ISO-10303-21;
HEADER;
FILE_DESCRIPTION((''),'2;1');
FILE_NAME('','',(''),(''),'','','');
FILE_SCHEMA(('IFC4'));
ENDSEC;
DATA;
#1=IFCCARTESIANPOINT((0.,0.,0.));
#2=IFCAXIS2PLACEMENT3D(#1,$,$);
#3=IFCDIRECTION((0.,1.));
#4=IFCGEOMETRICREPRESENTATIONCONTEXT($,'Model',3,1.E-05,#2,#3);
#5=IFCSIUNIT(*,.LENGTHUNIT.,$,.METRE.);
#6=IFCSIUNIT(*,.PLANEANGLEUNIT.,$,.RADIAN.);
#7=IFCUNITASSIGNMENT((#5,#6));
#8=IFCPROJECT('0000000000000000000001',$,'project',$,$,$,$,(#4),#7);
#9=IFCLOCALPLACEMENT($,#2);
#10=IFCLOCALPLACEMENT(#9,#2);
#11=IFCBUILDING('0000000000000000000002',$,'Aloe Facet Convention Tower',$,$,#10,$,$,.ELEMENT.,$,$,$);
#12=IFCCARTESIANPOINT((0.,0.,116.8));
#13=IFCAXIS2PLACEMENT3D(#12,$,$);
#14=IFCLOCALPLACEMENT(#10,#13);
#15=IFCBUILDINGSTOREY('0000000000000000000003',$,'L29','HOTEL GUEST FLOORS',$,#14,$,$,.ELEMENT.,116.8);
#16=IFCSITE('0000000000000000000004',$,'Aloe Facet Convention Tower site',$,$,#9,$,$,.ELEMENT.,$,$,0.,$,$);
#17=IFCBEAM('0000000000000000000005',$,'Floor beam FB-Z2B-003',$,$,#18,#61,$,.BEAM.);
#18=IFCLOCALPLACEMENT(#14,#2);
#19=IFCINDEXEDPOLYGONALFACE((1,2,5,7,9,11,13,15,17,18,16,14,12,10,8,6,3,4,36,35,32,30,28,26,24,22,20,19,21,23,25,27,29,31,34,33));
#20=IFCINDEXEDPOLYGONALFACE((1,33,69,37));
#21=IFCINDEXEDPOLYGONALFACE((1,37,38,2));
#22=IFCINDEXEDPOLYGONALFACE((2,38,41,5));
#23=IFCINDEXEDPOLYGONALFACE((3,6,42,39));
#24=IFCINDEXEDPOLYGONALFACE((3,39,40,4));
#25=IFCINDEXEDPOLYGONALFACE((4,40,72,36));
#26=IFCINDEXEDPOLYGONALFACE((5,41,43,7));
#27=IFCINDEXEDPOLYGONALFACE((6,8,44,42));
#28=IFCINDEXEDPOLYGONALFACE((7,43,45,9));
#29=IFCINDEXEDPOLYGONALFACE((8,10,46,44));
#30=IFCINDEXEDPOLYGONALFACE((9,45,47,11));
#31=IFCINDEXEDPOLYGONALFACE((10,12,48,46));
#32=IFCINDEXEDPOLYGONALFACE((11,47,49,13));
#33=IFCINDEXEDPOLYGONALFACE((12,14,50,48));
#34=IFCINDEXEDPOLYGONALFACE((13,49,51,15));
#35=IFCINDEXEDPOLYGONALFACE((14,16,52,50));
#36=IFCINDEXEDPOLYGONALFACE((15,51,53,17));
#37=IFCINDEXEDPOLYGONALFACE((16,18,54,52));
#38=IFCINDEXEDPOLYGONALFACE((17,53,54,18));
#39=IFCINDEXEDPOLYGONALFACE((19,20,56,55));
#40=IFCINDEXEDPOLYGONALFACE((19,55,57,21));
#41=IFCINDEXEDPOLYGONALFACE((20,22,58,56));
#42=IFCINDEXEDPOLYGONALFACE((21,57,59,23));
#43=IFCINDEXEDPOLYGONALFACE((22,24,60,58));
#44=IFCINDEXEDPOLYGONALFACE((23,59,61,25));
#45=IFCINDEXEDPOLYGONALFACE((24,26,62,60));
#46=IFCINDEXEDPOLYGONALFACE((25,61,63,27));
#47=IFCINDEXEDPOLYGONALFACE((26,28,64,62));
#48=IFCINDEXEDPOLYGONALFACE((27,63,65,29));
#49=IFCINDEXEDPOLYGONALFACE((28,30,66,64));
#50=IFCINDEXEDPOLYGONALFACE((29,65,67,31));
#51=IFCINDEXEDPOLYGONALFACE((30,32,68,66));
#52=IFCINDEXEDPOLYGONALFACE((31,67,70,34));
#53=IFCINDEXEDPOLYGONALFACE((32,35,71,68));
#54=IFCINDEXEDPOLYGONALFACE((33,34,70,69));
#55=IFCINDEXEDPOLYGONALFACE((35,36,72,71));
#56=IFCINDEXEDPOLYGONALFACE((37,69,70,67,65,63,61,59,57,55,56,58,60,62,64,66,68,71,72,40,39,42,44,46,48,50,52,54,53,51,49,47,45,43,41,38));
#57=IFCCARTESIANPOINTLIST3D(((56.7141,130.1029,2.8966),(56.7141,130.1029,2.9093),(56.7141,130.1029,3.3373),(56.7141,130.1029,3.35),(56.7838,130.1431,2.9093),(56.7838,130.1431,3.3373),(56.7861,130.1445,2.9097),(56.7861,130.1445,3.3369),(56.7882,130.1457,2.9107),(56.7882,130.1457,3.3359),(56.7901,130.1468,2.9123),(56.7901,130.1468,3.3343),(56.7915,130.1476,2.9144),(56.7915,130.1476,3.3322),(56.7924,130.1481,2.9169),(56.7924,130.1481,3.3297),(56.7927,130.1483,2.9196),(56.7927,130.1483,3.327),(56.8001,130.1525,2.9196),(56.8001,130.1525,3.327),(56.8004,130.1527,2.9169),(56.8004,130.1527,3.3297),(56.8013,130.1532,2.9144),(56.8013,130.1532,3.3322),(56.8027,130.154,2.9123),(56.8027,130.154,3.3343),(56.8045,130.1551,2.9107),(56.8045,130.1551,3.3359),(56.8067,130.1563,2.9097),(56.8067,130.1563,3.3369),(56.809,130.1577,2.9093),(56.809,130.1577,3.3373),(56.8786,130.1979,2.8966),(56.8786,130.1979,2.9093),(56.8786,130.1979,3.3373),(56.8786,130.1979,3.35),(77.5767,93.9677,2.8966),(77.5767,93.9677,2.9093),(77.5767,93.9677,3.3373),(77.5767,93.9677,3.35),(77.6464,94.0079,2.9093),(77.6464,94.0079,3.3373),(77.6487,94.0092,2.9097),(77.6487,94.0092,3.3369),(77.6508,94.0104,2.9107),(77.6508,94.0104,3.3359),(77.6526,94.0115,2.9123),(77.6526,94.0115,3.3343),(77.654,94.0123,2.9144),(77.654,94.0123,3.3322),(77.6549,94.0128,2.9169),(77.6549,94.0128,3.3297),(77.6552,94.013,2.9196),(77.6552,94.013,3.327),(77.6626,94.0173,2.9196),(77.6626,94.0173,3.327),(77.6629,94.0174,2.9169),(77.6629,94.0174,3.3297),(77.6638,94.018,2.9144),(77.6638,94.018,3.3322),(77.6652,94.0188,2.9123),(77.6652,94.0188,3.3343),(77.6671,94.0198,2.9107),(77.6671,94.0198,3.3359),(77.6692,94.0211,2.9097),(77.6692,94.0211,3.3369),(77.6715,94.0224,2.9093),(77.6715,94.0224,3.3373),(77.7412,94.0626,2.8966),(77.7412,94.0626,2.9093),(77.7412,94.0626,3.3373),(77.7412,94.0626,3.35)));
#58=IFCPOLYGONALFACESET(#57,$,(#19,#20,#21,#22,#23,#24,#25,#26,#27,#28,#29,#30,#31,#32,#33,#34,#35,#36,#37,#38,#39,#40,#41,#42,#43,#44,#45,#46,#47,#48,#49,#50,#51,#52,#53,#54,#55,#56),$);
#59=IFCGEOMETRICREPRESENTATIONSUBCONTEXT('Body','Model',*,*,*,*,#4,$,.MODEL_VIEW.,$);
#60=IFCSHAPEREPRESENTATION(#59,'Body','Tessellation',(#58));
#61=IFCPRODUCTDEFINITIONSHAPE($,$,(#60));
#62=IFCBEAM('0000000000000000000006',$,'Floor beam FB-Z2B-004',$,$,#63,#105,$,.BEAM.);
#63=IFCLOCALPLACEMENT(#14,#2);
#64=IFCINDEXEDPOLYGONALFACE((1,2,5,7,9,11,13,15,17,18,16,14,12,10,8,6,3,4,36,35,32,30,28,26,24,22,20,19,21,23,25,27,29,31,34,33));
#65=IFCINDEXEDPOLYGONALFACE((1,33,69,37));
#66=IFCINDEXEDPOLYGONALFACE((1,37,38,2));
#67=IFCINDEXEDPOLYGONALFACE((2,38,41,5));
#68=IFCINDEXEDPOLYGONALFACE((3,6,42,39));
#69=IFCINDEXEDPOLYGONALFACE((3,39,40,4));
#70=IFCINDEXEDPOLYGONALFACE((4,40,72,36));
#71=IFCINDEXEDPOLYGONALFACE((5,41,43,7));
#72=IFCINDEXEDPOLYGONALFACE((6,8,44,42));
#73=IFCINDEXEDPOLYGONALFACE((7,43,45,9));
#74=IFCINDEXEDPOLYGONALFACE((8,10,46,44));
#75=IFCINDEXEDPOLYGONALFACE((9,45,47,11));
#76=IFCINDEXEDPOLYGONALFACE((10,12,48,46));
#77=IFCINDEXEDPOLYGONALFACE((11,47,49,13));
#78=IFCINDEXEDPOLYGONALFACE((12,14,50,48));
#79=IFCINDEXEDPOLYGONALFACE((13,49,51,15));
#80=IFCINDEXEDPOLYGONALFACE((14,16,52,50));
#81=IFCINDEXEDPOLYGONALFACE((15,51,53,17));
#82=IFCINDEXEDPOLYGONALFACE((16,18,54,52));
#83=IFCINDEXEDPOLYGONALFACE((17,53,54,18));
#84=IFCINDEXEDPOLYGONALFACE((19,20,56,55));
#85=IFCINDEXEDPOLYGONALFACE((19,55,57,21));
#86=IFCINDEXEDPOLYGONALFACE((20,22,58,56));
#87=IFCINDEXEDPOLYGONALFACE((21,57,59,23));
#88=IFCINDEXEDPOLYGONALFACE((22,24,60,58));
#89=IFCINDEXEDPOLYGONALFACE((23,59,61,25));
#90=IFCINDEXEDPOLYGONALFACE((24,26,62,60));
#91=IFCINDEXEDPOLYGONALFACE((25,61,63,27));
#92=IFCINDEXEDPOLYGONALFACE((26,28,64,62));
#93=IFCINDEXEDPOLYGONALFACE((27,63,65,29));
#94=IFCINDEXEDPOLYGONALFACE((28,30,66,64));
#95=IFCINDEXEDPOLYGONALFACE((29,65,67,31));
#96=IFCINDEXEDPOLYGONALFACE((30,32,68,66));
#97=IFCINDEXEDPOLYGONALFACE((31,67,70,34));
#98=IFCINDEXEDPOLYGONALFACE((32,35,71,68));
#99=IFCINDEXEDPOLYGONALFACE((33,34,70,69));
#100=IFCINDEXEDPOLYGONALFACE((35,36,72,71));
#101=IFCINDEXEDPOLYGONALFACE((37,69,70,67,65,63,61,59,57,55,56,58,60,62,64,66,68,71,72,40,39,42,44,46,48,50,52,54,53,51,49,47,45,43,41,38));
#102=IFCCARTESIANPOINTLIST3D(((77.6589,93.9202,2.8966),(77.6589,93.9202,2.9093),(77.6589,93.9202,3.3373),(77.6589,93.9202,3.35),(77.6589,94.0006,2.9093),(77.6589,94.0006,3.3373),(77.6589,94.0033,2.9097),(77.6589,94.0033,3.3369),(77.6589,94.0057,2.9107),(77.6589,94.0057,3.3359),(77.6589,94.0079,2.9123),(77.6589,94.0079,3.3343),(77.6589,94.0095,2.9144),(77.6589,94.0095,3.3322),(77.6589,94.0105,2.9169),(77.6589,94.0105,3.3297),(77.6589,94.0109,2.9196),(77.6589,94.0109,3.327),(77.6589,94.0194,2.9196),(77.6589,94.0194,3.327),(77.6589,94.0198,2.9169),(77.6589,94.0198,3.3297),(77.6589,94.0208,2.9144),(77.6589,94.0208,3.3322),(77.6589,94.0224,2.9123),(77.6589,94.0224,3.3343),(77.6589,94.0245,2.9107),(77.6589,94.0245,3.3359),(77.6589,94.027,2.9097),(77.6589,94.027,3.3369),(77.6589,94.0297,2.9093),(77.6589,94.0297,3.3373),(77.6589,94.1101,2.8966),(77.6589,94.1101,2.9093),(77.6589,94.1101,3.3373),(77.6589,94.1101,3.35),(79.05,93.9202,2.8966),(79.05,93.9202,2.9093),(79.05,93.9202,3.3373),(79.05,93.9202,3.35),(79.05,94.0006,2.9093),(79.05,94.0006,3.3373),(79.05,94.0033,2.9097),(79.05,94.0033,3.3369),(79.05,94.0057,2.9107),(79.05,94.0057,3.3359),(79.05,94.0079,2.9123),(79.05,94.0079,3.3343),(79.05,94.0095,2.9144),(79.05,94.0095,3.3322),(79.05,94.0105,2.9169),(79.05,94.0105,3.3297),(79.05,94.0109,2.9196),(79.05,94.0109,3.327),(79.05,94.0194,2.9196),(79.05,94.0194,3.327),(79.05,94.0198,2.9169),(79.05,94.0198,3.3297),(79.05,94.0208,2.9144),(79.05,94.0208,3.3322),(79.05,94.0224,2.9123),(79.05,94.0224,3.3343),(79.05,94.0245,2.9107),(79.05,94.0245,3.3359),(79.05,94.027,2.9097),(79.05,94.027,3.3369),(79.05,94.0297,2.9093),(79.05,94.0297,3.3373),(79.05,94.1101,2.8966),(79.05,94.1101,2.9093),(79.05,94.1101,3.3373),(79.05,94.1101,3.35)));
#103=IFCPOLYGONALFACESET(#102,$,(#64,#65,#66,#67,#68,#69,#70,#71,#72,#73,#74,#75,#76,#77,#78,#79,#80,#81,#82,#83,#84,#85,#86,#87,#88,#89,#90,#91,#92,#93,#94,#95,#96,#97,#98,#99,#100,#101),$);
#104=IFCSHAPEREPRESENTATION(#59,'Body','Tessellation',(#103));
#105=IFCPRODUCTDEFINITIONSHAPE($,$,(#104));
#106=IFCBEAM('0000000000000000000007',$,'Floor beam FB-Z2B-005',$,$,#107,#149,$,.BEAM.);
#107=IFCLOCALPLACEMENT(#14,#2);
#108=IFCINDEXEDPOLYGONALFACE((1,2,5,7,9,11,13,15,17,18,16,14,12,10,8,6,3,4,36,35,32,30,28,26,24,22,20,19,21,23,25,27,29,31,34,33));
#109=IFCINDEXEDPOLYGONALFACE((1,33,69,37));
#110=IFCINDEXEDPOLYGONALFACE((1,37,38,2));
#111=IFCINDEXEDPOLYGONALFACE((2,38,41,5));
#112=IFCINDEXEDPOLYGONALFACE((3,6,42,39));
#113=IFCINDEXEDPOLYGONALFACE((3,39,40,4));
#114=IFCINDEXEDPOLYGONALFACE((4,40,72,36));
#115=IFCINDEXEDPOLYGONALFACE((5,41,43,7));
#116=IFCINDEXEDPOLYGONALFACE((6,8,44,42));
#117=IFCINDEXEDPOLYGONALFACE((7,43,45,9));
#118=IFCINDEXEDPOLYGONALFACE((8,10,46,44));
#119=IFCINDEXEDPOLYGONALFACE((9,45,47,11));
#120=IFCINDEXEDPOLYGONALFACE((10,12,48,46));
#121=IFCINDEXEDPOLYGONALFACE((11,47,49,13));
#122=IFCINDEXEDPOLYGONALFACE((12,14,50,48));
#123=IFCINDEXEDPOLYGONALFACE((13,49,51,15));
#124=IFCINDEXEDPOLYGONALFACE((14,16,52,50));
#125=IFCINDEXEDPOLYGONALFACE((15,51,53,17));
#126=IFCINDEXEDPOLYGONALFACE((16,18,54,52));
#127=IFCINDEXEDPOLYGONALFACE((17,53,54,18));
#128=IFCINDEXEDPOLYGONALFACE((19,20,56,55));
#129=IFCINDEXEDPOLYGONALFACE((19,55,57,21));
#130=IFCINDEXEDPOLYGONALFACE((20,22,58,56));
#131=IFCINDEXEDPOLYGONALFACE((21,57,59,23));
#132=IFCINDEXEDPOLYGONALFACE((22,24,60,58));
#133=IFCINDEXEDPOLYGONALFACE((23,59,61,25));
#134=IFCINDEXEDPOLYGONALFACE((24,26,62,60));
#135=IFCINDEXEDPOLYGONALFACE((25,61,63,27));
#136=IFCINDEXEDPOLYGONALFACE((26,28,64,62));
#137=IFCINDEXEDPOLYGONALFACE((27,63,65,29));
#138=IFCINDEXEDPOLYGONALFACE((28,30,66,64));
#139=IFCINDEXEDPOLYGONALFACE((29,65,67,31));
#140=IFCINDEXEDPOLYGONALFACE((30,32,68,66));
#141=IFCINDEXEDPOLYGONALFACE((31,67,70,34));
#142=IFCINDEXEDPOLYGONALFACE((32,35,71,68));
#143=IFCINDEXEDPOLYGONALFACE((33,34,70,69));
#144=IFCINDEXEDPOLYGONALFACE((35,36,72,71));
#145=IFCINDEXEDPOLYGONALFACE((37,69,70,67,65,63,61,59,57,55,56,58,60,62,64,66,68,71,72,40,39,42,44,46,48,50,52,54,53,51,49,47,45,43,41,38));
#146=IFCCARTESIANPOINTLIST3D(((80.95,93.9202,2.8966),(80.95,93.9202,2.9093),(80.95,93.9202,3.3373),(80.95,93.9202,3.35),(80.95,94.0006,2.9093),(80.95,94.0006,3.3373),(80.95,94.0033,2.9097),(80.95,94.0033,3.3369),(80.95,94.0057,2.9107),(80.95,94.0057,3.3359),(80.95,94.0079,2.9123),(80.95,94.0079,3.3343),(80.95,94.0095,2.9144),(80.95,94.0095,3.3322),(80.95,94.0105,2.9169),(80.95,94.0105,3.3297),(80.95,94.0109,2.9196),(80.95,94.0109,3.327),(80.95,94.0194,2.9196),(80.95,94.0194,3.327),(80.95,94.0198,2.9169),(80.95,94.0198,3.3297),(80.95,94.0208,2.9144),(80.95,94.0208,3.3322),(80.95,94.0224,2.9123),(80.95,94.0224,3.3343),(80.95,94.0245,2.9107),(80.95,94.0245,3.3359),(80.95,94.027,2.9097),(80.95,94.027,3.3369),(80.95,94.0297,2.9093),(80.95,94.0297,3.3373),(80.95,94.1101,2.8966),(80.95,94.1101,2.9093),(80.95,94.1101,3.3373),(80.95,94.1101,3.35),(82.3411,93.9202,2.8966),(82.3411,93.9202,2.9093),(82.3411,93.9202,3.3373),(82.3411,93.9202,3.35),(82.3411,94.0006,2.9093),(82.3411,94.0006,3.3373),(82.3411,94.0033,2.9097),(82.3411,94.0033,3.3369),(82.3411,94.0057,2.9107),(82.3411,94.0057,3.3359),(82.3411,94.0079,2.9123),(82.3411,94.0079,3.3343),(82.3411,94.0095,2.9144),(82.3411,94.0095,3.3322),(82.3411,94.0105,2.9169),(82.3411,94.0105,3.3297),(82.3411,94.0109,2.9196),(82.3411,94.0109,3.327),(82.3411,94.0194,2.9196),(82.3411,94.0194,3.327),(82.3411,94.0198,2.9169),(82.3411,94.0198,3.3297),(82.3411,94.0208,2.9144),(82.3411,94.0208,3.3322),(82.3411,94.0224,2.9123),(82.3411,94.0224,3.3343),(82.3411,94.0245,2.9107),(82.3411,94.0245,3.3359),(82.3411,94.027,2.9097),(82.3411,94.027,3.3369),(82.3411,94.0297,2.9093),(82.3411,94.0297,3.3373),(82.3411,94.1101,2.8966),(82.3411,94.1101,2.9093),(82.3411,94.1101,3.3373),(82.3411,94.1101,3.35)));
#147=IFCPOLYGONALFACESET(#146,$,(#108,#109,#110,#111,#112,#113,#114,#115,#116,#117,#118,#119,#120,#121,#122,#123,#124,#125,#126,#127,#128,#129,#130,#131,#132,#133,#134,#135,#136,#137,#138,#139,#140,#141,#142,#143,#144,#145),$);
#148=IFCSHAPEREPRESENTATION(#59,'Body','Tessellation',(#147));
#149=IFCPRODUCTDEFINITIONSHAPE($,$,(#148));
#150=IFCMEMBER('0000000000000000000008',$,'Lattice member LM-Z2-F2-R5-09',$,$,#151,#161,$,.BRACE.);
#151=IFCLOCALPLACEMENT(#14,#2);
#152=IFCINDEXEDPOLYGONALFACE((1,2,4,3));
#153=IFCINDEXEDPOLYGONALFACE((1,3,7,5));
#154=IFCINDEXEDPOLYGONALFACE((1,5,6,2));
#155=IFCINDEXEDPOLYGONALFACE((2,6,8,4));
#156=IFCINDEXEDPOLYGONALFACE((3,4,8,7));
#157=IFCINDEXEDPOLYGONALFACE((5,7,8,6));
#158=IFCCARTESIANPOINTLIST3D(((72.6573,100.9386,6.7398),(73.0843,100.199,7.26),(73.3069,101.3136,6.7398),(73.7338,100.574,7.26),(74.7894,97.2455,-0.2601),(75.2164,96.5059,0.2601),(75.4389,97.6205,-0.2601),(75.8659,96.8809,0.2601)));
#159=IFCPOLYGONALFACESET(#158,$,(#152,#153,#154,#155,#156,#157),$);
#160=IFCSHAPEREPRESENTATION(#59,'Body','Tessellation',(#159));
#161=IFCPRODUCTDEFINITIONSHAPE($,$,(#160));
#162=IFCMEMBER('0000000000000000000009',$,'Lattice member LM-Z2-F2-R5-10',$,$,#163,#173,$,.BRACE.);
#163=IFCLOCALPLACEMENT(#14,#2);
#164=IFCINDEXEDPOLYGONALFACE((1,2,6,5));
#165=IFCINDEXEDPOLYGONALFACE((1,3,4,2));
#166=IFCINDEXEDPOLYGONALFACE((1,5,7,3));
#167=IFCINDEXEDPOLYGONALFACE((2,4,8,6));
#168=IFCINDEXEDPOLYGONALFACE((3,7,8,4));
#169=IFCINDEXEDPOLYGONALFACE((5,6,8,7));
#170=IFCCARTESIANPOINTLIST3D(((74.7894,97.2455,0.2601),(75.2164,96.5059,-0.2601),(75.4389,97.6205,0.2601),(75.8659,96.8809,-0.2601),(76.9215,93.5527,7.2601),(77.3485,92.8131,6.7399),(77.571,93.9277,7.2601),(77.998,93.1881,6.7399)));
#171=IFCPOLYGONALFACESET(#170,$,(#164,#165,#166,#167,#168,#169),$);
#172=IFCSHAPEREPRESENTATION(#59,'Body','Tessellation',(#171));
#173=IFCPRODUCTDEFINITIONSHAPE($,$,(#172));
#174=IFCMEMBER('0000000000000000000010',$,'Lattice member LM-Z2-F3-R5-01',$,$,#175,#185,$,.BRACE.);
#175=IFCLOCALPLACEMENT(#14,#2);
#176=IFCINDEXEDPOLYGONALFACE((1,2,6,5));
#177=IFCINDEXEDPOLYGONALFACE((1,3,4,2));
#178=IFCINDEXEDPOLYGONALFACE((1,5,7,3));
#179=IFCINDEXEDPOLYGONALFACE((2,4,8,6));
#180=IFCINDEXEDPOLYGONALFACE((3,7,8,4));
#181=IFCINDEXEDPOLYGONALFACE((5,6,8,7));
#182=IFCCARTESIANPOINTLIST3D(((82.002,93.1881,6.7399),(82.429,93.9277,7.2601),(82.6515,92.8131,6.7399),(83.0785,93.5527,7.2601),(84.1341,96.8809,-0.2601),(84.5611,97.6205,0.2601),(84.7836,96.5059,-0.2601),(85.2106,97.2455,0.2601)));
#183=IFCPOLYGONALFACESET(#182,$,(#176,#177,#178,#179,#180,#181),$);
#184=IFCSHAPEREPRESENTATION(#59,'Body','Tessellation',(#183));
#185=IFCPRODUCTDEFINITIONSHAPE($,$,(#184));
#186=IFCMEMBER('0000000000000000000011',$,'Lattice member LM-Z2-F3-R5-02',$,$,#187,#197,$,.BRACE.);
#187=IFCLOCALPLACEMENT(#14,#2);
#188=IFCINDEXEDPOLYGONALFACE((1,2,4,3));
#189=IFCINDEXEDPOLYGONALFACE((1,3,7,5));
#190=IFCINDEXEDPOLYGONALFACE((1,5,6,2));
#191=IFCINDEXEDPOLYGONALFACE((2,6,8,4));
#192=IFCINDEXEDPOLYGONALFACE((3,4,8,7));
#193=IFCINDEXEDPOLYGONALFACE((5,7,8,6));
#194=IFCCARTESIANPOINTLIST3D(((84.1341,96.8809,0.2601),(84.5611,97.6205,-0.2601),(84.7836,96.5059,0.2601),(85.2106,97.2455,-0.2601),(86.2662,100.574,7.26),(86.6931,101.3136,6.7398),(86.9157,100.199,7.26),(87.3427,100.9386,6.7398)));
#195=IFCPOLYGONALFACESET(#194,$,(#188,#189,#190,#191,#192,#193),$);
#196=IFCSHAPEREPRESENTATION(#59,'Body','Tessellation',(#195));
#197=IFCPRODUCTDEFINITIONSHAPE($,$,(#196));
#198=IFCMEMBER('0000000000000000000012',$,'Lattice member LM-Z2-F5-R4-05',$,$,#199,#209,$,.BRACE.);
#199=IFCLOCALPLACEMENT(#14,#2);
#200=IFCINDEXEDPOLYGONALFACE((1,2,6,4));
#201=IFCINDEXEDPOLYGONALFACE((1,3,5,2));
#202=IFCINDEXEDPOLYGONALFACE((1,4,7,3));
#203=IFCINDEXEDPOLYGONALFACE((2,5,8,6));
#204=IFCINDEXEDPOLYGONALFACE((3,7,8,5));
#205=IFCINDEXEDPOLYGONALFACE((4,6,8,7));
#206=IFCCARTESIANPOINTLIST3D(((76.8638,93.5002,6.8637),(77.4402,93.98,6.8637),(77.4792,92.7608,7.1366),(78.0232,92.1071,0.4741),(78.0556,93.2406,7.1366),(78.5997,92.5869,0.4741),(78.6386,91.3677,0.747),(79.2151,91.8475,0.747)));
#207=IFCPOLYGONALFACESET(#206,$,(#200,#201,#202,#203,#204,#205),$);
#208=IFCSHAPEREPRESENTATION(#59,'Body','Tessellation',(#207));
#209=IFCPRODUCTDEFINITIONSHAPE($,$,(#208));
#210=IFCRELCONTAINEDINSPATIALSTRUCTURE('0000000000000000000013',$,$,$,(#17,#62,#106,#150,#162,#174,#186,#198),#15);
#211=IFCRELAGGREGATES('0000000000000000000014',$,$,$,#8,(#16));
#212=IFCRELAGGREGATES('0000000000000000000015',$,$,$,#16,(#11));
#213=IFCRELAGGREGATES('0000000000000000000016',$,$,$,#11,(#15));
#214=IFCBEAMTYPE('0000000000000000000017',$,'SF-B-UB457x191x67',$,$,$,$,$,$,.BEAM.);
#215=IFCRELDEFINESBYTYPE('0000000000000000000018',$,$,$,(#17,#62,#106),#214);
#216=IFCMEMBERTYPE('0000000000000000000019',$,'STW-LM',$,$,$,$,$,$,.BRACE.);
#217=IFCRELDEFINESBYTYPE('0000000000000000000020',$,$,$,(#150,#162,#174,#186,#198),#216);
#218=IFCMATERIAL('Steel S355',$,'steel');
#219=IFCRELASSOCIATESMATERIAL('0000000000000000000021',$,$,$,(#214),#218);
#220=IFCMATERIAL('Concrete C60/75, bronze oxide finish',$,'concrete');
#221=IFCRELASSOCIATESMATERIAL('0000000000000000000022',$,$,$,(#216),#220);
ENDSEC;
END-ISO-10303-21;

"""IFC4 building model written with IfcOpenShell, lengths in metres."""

from ifc_helpers import new_model, si_unit, direction, frame, origin, origin_2d, place, context, subcontext, project, spatial, rectangle, i_section, extrude, material, material_profile, profile_set, type_object, element, save


model = new_model("IFC4")

# Units and contexts
model_context = context("Model", 3, precision=1e-05, world=origin(), true_north=direction((0.0, 1.0)))
body_context = subcontext(model_context, "Body", "Model", "MODEL_VIEW")
ifc_project = project(units=[si_unit("LENGTHUNIT", "METRE"), si_unit("PLANEANGLEUNIT", "RADIAN")], contexts=[model_context])

# Site, building, storey
site_placement = place(None, origin())
site = spatial("IfcSite", under=ifc_project, at=site_placement, Name="Aloe Facet Convention Tower site", CompositionType="ELEMENT", RefElevation=0.0)
building_placement = place(site_placement, origin())
building = spatial("IfcBuilding", under=site, at=building_placement, Name="Aloe Facet Convention Tower", CompositionType="ELEMENT")
storey_placement = place(building_placement, frame((0.0, 0.0, 116.8)))
storey = spatial("IfcBuildingStorey", under=building, at=storey_placement, Name="L29", Description="HOTEL GUEST FLOORS", CompositionType="ELEMENT", Elevation=116.8)

# Beams
ifc_material_1 = material(Name="Steel S355", Category="steel")
ifc_material_profile_1 = material_profile(ifc_material_1, i_section(OverallWidth=0.1899, OverallDepth=0.4534, WebThickness=0.0085, FlangeThickness=0.0127, FilletRadius=0.0103, at=origin_2d()), Name="UB 457x191x67")
ifc_profile_set_1 = profile_set([ifc_material_profile_1], Name="Steel S355")
beam_type_1 = type_object("IfcBeamType", Name="SF-B-UB457x191x67", PredefinedType="BEAM", material=ifc_profile_set_1)
beam_1_placement = place(storey_placement, frame((77.6589, 94.0151, 3.1233), z_axis=(-0.499997, 0.866027, 0.0), x_axis=(-0.866027, -0.499997, 0.0)))
element("IfcBeam", 1, at=beam_1_placement, inside=storey, type_object=beam_type_1, Name="Floor beam FB-Z2B-003", PredefinedType="BEAM", context=body_context, shape_type="SweptSolid", body=[
    extrude(i_section(OverallWidth=0.1899, OverallDepth=0.4534, WebThickness=0.0085, FlangeThickness=0.0127, FilletRadius=0.0103, at=origin_2d()), origin(), (0.0, 0.0, 1.0), 41.7253),
])
for number, where, z_axis, x_axis, name in (
    (2, (79.05, 94.0151, 3.1233), (-1.0, 0.0, 0.0), (0.0, -1.0, 0.0), "Floor beam FB-Z2B-004"),
    (3, (82.3411, 94.0151, 3.1233), (-1.0, 0.0, 0.0), (0.0, -1.0, 0.0), "Floor beam FB-Z2B-005"),
):
    element("IfcBeam", number, at=place(storey_placement, frame(where, z_axis=z_axis, x_axis=x_axis)), inside=storey, type_object=beam_type_1, Name=name, PredefinedType="BEAM", context=body_context, shape_type="SweptSolid", body=[
        extrude(i_section(OverallWidth=0.1899, OverallDepth=0.4534, WebThickness=0.0085, FlangeThickness=0.0127, FilletRadius=0.0103, at=origin_2d()), origin(), (0.0, 0.0, 1.0), 1.3911),
    ])

# Members
ifc_material_2 = material(Name="Concrete C60/75, bronze oxide finish", Category="concrete")
ifc_material_profile_2 = material_profile(ifc_material_2, rectangle(XDim=0.75, YDim=1.0, at=origin_2d()), Name="STW-LM")
ifc_profile_set_2 = profile_set([ifc_material_profile_2], Name="Concrete C60/75, bronze oxide finish")
member_type = type_object("IfcMemberType", Name="STW-LM", PredefinedType="BRACE", material=ifc_profile_set_2)
for number, where, z_axis, x_axis, name in (
    (4, (75.3276, 97.0632, 0.0), (-0.260116, 0.450565, 0.854009), (-0.86604, -0.499975, 0.0), "Lattice member LM-Z2-F2-R5-09"),
    (5, (75.3276, 97.0632, 0.0), (0.26012, -0.450541, 0.85402), (0.866025, 0.5, 0.0), "Lattice member LM-Z2-F2-R5-10"),
    (6, (84.6724, 97.0632, 0.0), (-0.26012, -0.450541, 0.85402), (0.866025, -0.5, 0.0), "Lattice member LM-Z2-F3-R5-01"),
    (7, (84.6724, 97.0632, 0.0), (0.260116, 0.450565, 0.854009), (-0.86604, 0.499975, 0.0), "Lattice member LM-Z2-F3-R5-02"),
):
    element("IfcMember", number, at=place(storey_placement, frame(where, z_axis=z_axis, x_axis=x_axis)), inside=storey, type_object=member_type, Name=name, PredefinedType="BRACE", context=body_context, shape_type="SweptSolid", body=[
        extrude(rectangle(XDim=0.75, YDim=1.0, at=origin_2d()), origin(), (0.0, 0.0, 1.0), 8.1965),
    ])
for number, where, z_axis, x_axis, name in (
    (8, (78.6191, 91.9773, 0.6106), (-0.174573, 0.209752, 0.962044), (-0.768619, -0.639707, 0.0), "Lattice member LM-Z2-F5-R4-05"),
):
    element("IfcMember", number, at=place(storey_placement, frame(where, z_axis=z_axis, x_axis=x_axis)), inside=storey, type_object=member_type, Name=name, PredefinedType="BRACE", context=body_context, shape_type="SweptSolid", body=[
        extrude(rectangle(XDim=0.75, YDim=1.0, at=origin_2d()), origin(), (0.0, 0.0, 1.0), 6.6416),
    ])

save(model, "model.ifc")
